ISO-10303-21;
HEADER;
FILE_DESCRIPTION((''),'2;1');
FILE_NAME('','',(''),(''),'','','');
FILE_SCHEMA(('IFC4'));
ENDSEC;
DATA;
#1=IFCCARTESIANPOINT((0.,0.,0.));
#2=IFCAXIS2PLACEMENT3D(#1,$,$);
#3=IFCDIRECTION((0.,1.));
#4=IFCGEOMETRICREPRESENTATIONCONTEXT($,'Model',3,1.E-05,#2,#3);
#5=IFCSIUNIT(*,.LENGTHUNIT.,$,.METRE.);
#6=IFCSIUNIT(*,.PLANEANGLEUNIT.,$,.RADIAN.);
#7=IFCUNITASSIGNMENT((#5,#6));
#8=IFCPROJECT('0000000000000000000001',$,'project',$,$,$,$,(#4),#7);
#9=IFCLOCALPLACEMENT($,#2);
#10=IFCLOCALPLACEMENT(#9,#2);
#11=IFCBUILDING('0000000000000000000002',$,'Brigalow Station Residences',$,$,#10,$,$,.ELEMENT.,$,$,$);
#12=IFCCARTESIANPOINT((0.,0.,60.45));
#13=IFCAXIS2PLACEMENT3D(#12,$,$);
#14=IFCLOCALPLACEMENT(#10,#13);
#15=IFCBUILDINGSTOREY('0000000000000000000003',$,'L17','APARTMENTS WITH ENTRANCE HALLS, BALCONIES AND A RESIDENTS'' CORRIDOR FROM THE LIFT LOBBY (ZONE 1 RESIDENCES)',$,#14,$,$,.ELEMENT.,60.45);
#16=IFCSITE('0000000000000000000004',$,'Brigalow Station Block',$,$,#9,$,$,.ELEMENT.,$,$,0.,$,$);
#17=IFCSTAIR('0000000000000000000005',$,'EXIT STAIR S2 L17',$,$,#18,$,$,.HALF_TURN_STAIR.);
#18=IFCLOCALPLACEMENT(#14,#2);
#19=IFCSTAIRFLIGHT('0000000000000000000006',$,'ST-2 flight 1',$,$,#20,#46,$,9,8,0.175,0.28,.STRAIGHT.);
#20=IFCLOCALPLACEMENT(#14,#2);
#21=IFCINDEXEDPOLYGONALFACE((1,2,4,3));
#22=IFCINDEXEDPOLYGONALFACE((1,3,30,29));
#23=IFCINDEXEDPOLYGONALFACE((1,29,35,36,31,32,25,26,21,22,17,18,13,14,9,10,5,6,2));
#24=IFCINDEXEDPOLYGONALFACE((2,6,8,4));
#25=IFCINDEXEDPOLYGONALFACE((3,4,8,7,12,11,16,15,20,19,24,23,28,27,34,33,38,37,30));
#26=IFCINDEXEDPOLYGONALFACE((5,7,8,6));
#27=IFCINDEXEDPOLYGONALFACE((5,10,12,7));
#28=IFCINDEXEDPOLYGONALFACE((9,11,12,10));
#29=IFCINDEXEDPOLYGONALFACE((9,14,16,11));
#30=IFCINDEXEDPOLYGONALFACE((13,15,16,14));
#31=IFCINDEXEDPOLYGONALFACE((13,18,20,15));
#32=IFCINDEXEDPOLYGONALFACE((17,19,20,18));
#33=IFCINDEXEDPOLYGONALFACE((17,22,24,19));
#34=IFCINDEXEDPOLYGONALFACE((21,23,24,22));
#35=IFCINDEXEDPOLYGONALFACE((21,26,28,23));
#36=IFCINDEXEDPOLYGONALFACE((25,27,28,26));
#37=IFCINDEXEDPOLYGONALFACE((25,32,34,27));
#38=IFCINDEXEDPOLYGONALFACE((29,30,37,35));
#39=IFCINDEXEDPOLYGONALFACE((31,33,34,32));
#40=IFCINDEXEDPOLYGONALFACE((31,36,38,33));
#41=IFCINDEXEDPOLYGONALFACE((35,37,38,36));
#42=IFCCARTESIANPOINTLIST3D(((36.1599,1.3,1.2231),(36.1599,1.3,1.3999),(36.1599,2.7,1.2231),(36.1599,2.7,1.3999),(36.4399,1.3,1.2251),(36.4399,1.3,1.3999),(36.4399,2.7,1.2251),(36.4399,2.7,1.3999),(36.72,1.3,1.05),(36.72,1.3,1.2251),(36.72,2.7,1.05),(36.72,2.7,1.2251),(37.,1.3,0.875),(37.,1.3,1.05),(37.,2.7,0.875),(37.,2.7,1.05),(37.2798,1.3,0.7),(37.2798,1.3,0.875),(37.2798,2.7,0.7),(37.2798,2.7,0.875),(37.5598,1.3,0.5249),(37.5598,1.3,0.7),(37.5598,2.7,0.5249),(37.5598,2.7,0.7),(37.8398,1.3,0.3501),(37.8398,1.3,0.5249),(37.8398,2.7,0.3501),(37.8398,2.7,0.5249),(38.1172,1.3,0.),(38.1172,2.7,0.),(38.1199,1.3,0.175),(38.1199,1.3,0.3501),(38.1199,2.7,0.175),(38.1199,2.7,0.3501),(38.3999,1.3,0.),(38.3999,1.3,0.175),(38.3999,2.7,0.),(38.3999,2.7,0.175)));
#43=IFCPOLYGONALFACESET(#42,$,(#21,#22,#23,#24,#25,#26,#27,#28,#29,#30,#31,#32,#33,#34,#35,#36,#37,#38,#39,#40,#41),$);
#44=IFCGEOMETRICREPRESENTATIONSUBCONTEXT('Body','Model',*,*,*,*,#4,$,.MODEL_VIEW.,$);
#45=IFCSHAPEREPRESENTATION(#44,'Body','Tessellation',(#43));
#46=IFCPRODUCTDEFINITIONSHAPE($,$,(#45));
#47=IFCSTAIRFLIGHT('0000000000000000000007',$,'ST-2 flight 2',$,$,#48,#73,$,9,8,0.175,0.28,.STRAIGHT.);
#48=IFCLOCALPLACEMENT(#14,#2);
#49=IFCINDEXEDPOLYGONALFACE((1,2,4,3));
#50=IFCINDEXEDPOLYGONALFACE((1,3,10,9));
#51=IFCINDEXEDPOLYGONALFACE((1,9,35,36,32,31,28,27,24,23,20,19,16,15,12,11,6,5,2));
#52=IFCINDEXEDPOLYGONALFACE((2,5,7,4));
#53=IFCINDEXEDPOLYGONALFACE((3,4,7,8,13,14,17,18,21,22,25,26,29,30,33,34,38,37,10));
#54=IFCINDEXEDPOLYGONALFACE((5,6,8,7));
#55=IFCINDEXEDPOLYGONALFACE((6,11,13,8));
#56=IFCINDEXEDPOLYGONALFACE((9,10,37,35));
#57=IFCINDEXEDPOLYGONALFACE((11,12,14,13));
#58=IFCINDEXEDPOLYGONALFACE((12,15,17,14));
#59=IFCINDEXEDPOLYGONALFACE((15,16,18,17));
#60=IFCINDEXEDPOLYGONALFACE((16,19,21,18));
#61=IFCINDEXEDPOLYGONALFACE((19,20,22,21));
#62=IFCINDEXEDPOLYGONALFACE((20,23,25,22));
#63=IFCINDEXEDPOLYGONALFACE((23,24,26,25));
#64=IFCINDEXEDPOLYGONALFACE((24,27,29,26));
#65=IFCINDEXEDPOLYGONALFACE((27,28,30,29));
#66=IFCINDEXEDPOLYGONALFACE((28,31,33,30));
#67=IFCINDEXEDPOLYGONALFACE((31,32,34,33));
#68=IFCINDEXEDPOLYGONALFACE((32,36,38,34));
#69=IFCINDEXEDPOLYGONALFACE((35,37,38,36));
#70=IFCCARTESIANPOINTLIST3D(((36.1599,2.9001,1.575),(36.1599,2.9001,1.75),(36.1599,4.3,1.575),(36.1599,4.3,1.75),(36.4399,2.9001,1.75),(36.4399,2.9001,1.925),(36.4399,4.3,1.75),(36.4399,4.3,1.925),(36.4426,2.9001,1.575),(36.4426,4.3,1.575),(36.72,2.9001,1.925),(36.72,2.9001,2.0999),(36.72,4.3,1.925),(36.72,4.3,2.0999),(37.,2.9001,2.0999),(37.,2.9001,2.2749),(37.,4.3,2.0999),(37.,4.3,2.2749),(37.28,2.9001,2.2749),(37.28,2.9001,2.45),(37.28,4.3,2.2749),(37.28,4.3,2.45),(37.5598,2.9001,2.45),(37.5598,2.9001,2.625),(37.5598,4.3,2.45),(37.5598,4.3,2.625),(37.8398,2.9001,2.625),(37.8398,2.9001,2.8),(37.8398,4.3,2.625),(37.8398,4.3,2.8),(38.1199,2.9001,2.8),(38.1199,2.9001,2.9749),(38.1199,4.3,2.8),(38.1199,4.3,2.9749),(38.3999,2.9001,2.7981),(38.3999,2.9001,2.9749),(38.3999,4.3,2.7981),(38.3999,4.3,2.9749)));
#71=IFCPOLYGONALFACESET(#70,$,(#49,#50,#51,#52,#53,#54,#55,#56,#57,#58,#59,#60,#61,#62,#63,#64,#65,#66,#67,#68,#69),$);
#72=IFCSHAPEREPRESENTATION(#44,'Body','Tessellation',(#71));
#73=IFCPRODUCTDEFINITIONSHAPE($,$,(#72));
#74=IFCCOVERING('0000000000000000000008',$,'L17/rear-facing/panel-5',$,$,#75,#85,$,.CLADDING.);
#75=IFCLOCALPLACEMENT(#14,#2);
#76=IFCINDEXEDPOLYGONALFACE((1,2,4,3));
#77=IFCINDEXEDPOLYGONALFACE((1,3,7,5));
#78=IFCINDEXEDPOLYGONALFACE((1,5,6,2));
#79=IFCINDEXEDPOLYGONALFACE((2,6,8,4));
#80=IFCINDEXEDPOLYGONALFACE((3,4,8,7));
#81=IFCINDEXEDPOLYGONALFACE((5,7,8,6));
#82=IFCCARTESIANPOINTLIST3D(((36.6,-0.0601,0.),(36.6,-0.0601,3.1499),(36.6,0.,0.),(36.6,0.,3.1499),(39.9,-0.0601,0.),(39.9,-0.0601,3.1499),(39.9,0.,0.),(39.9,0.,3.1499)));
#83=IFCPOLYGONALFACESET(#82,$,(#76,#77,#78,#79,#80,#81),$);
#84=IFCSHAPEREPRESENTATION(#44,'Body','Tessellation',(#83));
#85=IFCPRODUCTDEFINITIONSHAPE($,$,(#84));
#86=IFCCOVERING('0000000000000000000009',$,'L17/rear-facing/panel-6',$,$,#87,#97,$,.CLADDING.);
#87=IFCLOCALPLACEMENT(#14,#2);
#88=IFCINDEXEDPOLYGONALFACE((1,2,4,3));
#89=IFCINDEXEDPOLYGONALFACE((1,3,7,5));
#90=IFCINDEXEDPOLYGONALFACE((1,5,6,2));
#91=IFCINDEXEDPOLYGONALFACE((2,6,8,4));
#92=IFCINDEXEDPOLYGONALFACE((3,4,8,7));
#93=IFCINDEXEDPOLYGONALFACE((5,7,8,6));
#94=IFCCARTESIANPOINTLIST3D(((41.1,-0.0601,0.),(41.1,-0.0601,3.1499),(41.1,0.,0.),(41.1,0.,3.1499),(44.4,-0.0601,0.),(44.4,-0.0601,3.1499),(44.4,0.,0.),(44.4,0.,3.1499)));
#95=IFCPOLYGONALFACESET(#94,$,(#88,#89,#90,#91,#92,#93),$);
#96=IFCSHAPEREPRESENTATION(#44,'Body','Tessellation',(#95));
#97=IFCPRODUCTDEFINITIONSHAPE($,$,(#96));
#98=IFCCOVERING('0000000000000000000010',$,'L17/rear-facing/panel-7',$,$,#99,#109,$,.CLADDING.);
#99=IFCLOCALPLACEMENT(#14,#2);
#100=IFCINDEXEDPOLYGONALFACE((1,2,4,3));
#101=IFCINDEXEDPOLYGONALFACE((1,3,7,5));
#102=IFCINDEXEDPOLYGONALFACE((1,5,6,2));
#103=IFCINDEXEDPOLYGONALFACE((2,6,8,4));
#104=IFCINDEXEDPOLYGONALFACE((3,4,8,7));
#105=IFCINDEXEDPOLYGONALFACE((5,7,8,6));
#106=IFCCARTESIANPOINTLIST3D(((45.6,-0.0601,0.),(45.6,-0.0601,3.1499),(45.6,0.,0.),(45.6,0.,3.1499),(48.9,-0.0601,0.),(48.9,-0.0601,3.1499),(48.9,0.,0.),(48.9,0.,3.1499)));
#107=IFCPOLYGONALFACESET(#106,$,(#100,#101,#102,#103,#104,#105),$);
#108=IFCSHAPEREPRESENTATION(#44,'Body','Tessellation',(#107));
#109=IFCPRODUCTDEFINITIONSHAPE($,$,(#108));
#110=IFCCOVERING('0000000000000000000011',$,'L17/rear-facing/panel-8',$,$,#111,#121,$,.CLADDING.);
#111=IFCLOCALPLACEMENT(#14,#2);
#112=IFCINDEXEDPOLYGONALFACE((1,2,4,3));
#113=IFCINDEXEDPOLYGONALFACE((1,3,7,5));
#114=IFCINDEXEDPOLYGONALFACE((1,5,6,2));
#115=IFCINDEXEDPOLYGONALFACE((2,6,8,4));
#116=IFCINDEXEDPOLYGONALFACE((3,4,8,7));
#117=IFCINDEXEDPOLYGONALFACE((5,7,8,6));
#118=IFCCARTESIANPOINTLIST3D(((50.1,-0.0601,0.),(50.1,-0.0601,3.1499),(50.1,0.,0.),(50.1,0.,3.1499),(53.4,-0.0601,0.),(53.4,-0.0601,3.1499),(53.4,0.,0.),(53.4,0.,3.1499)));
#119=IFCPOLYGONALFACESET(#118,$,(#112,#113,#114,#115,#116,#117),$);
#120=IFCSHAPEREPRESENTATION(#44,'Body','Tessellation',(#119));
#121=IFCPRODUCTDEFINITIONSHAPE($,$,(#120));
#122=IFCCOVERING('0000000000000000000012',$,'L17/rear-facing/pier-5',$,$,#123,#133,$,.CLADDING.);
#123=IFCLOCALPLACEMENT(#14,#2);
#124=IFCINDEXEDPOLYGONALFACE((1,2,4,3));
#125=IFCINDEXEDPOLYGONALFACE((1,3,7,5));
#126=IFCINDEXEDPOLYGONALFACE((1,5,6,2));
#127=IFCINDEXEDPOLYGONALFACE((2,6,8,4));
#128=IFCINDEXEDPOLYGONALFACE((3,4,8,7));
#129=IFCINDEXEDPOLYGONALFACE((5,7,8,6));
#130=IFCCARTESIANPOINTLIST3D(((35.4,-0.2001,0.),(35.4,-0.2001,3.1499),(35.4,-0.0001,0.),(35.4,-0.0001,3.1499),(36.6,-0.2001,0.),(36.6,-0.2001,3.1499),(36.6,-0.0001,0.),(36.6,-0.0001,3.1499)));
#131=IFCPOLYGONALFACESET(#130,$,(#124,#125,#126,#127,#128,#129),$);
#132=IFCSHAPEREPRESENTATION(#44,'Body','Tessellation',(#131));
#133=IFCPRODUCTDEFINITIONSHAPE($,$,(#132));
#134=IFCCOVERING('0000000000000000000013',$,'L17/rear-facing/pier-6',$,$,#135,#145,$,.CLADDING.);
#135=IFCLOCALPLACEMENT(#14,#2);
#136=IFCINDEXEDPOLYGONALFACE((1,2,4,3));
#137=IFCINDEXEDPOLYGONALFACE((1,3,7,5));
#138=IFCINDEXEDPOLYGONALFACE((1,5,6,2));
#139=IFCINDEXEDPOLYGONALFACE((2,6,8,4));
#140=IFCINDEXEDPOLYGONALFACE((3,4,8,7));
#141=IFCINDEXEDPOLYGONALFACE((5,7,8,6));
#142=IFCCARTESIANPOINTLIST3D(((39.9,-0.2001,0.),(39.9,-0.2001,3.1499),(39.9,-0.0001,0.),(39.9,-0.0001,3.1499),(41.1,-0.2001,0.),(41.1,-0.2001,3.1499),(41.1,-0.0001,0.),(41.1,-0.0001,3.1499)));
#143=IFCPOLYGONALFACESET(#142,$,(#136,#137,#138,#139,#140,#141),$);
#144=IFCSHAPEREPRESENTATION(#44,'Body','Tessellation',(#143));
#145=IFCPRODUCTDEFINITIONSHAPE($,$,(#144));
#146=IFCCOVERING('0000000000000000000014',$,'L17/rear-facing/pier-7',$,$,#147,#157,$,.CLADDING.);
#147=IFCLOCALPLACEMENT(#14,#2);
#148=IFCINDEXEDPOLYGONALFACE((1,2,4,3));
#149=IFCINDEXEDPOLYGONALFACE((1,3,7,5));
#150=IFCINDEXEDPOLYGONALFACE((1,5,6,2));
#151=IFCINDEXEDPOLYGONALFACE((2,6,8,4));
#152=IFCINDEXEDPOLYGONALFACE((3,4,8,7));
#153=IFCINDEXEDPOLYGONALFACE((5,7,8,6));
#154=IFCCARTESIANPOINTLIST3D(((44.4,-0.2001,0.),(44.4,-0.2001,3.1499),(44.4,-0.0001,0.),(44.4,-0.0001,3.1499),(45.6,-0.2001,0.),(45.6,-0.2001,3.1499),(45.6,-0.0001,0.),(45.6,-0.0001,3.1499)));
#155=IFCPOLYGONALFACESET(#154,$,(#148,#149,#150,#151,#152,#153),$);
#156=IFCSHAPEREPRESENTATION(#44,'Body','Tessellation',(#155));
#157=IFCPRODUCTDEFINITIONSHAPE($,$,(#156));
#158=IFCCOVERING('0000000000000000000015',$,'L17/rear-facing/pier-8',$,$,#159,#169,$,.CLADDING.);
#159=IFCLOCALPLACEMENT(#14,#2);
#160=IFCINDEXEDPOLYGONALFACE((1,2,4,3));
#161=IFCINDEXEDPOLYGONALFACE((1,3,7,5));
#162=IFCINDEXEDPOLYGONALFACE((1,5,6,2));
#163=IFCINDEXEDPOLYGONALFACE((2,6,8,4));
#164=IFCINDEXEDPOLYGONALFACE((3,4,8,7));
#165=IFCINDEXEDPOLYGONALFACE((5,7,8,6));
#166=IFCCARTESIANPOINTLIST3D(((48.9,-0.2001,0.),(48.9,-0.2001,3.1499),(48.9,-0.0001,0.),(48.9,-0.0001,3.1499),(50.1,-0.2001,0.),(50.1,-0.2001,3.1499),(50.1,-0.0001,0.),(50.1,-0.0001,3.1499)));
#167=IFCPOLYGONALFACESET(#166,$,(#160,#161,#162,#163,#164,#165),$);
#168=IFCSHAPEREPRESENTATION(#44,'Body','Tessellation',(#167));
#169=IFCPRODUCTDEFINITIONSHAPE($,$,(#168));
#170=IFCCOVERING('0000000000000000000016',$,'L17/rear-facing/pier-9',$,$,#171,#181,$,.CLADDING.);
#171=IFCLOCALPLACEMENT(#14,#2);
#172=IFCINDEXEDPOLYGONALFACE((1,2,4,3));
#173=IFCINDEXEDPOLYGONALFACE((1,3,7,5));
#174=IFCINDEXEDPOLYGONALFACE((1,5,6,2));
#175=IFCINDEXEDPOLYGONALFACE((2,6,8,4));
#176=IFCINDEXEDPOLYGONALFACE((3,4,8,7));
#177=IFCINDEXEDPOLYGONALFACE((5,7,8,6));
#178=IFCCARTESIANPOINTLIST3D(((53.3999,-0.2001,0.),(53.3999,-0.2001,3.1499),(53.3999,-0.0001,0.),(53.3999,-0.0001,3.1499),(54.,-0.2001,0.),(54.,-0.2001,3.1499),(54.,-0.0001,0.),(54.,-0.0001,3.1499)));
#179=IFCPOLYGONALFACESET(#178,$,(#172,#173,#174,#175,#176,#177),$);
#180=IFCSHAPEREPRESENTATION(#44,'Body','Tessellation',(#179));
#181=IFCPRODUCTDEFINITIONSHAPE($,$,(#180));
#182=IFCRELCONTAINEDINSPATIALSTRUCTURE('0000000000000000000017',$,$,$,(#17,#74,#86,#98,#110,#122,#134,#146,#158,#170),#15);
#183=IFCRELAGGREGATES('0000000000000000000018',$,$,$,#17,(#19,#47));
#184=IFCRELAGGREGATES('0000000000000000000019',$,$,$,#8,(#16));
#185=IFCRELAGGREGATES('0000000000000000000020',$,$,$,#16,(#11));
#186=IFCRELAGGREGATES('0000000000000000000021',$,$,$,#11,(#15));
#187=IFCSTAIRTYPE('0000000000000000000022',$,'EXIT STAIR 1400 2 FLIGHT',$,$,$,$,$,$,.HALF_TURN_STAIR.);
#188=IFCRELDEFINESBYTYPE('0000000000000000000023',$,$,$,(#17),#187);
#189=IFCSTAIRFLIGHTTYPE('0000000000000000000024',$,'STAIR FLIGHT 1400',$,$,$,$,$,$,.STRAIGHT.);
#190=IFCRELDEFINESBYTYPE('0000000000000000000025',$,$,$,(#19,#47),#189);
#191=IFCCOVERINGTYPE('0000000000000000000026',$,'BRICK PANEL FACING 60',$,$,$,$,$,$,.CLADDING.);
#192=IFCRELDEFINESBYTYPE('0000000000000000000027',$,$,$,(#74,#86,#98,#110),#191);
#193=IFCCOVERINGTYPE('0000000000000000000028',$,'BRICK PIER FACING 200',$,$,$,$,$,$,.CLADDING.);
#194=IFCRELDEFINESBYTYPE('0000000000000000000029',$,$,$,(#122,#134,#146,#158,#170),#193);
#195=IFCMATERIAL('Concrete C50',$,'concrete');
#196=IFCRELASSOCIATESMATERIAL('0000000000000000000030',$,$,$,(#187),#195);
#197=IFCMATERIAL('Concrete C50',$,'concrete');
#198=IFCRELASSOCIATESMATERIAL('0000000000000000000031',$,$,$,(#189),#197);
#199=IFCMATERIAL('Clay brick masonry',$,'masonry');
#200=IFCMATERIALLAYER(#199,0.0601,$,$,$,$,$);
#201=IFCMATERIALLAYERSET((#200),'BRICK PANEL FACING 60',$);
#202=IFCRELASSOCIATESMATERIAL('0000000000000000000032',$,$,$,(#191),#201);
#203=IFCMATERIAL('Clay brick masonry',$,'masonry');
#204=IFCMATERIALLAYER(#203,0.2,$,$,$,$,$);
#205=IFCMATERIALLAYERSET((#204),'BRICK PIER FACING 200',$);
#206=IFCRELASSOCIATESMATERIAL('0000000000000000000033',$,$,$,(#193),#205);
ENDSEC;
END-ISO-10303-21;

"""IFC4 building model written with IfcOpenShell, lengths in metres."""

from ifc_helpers import new_model, si_unit, direction, frame, origin, origin_2d, place, context, subcontext, project, spatial, polyline, rectangle, outline, extrude, material, layer, layer_set, type_object, element, aggregate, save


model = new_model("IFC4")

# Units and contexts
model_context = context("Model", 3, precision=1e-05, world=origin(), true_north=direction((0.0, 1.0)))
body_context = subcontext(model_context, "Body", "Model", "MODEL_VIEW")
ifc_project = project(units=[si_unit("LENGTHUNIT", "METRE"), si_unit("PLANEANGLEUNIT", "RADIAN")], contexts=[model_context])

# Site, building, storey
site_placement = place(None, origin())
site = spatial("IfcSite", under=ifc_project, at=site_placement, Name="Brigalow Station Block", CompositionType="ELEMENT", RefElevation=0.0)
building_placement = place(site_placement, origin())
building = spatial("IfcBuilding", under=site, at=building_placement, Name="Brigalow Station Residences", CompositionType="ELEMENT")
storey_placement = place(building_placement, frame((0.0, 0.0, 60.45)))
storey = spatial("IfcBuildingStorey", under=building, at=storey_placement, Name="L17", Description="APARTMENTS WITH ENTRANCE HALLS, BALCONIES AND A RESIDENTS' CORRIDOR FROM THE LIFT LOBBY (ZONE 1 RESIDENCES)", CompositionType="ELEMENT", Elevation=60.45)

# Stair, stair flights
ifc_material_1 = material(Name="Concrete C50", Category="concrete")
stair_type = type_object("IfcStairType", Name="EXIT STAIR 1400 2 FLIGHT", PredefinedType="HALF_TURN_STAIR", material=ifc_material_1)
stair_placement = place(storey_placement, origin())
stair = element("IfcStair", 1, at=stair_placement, inside=storey, type_object=stair_type, Name="EXIT STAIR S2 L17", PredefinedType="HALF_TURN_STAIR")
ifc_material_2 = material(Name="Concrete C50", Category="concrete")
stair_flight_type = type_object("IfcStairFlightType", Name="STAIR FLIGHT 1400", PredefinedType="STRAIGHT", material=ifc_material_2)
stair_flight_1_placement = place(storey_placement, frame((38.3999, 2.0, 0.0), z_axis=(0.0, 0.0, 1.0), x_axis=(-1.0, 0.0, 0.0)))
stair_flight_1 = element("IfcStairFlight", 2, at=stair_flight_1_placement, type_object=stair_flight_type, Name="ST-2 flight 1", NumberOfRisers=9, NumberOfTreads=8, PredefinedType="STRAIGHT", RiserHeight=0.175, TreadLength=0.28, context=body_context, shape_type="SweptSolid", body=[
    extrude(outline(polyline([(0.0, 0.0), (0.0, 0.175), (0.28, 0.175), (0.28, 0.3501), (0.5601, 0.3501), (0.5601, 0.5249), (0.8401, 0.5249), (0.8401, 0.7), (1.1201, 0.7), (1.1201, 0.875), (1.3999, 0.875), (1.3999, 1.05), (1.6799, 1.05), (1.6799, 1.2251), (1.96, 1.2251), (1.96, 1.3999), (2.24, 1.3999), (2.24, 1.575), (2.24, 1.2231), (0.2827, 0.0), (0.0, 0.0)])), frame((0.0, 0.7, 0.0), z_axis=(0.0, -1.0, 0.0), x_axis=(1.0, 0.0, 0.0)), (0.0, 0.0, 1.0), 1.3999),
])
stair_flight_2_placement = place(storey_placement, frame((36.1599, 3.6001, 1.575), z_axis=(0.0, 0.0, 1.0), x_axis=(1.0, 0.0, 0.0)))
stair_flight_2 = element("IfcStairFlight", 3, at=stair_flight_2_placement, type_object=stair_flight_type, Name="ST-2 flight 2", NumberOfRisers=9, NumberOfTreads=8, PredefinedType="STRAIGHT", RiserHeight=0.175, TreadLength=0.28, context=body_context, shape_type="SweptSolid", body=[
    extrude(outline(polyline([(0.0, 0.0), (0.0, 0.175), (0.28, 0.175), (0.28, 0.3501), (0.5601, 0.3501), (0.5601, 0.5249), (0.8401, 0.5249), (0.8401, 0.7), (1.1201, 0.7), (1.1201, 0.875), (1.3999, 0.875), (1.3999, 1.05), (1.6799, 1.05), (1.6799, 1.2251), (1.96, 1.2251), (1.96, 1.3999), (2.24, 1.3999), (2.24, 1.575), (2.24, 1.2231), (0.2827, 0.0), (0.0, 0.0)])), frame((0.0, 0.7, 0.0), z_axis=(0.0, -1.0, 0.0), x_axis=(1.0, 0.0, 0.0)), (0.0, 0.0, 1.0), 1.3999),
])
aggregate(stair, [stair_flight_1, stair_flight_2])

# Coverings
ifc_material_3 = material(Name="Clay brick masonry", Category="masonry")
ifc_layer_1 = layer(ifc_material_3, 0.0601)
ifc_layer_set_1 = layer_set([ifc_layer_1], Name="BRICK PANEL FACING 60")
covering_type_1 = type_object("IfcCoveringType", Name="BRICK PANEL FACING 60", PredefinedType="CLADDING", material=ifc_layer_set_1)
for number, where, z_axis, x_axis, name in (
    (4, (38.25, -0.03, 0.0), (0.0, 0.0, 1.0), (1.0, 0.0, 0.0), "L17/rear-facing/panel-5"),
    (5, (42.75, -0.03, 0.0), (0.0, 0.0, 1.0), (1.0, 0.0, 0.0), "L17/rear-facing/panel-6"),
    (6, (47.25, -0.03, 0.0), (0.0, 0.0, 1.0), (1.0, 0.0, 0.0), "L17/rear-facing/panel-7"),
    (7, (51.75, -0.03, 0.0), (0.0, 0.0, 1.0), (1.0, 0.0, 0.0), "L17/rear-facing/panel-8"),
):
    element("IfcCovering", number, at=place(storey_placement, frame(where, z_axis=z_axis, x_axis=x_axis)), inside=storey, type_object=covering_type_1, Name=name, PredefinedType="CLADDING", context=body_context, shape_type="SweptSolid", body=[
        extrude(rectangle(XDim=3.3, YDim=0.0601, at=origin_2d()), origin(), (0.0, 0.0, 1.0), 3.1499),
    ])
ifc_material_4 = material(Name="Clay brick masonry", Category="masonry")
ifc_layer_2 = layer(ifc_material_4, 0.2)
ifc_layer_set_2 = layer_set([ifc_layer_2], Name="BRICK PIER FACING 200")
covering_type_2 = type_object("IfcCoveringType", Name="BRICK PIER FACING 200", PredefinedType="CLADDING", material=ifc_layer_set_2)
for number, where, z_axis, x_axis, name in (
    (8, (36.0, -0.1001, 0.0), (0.0, 0.0, 1.0), (1.0, 0.0, 0.0), "L17/rear-facing/pier-5"),
    (9, (40.5, -0.1001, 0.0), (0.0, 0.0, 1.0), (1.0, 0.0, 0.0), "L17/rear-facing/pier-6"),
    (10, (45.0, -0.1001, 0.0), (0.0, 0.0, 1.0), (1.0, 0.0, 0.0), "L17/rear-facing/pier-7"),
    (11, (49.5, -0.1001, 0.0), (0.0, 0.0, 1.0), (1.0, 0.0, 0.0), "L17/rear-facing/pier-8"),
):
    element("IfcCovering", number, at=place(storey_placement, frame(where, z_axis=z_axis, x_axis=x_axis)), inside=storey, type_object=covering_type_2, Name=name, PredefinedType="CLADDING", context=body_context, shape_type="SweptSolid", body=[
        extrude(rectangle(XDim=1.2, YDim=0.2, at=origin_2d()), origin(), (0.0, 0.0, 1.0), 3.1499),
    ])
covering_placement = place(storey_placement, frame((53.7, -0.1001, 0.0), z_axis=(0.0, 0.0, 1.0), x_axis=(1.0, 0.0, 0.0)))
element("IfcCovering", 12, at=covering_placement, inside=storey, type_object=covering_type_2, Name="L17/rear-facing/pier-9", PredefinedType="CLADDING", context=body_context, shape_type="SweptSolid", body=[
    extrude(rectangle(XDim=0.6001, YDim=0.2, at=origin_2d()), origin(), (0.0, 0.0, 1.0), 3.1499),
])

save(model, "model.ifc")
